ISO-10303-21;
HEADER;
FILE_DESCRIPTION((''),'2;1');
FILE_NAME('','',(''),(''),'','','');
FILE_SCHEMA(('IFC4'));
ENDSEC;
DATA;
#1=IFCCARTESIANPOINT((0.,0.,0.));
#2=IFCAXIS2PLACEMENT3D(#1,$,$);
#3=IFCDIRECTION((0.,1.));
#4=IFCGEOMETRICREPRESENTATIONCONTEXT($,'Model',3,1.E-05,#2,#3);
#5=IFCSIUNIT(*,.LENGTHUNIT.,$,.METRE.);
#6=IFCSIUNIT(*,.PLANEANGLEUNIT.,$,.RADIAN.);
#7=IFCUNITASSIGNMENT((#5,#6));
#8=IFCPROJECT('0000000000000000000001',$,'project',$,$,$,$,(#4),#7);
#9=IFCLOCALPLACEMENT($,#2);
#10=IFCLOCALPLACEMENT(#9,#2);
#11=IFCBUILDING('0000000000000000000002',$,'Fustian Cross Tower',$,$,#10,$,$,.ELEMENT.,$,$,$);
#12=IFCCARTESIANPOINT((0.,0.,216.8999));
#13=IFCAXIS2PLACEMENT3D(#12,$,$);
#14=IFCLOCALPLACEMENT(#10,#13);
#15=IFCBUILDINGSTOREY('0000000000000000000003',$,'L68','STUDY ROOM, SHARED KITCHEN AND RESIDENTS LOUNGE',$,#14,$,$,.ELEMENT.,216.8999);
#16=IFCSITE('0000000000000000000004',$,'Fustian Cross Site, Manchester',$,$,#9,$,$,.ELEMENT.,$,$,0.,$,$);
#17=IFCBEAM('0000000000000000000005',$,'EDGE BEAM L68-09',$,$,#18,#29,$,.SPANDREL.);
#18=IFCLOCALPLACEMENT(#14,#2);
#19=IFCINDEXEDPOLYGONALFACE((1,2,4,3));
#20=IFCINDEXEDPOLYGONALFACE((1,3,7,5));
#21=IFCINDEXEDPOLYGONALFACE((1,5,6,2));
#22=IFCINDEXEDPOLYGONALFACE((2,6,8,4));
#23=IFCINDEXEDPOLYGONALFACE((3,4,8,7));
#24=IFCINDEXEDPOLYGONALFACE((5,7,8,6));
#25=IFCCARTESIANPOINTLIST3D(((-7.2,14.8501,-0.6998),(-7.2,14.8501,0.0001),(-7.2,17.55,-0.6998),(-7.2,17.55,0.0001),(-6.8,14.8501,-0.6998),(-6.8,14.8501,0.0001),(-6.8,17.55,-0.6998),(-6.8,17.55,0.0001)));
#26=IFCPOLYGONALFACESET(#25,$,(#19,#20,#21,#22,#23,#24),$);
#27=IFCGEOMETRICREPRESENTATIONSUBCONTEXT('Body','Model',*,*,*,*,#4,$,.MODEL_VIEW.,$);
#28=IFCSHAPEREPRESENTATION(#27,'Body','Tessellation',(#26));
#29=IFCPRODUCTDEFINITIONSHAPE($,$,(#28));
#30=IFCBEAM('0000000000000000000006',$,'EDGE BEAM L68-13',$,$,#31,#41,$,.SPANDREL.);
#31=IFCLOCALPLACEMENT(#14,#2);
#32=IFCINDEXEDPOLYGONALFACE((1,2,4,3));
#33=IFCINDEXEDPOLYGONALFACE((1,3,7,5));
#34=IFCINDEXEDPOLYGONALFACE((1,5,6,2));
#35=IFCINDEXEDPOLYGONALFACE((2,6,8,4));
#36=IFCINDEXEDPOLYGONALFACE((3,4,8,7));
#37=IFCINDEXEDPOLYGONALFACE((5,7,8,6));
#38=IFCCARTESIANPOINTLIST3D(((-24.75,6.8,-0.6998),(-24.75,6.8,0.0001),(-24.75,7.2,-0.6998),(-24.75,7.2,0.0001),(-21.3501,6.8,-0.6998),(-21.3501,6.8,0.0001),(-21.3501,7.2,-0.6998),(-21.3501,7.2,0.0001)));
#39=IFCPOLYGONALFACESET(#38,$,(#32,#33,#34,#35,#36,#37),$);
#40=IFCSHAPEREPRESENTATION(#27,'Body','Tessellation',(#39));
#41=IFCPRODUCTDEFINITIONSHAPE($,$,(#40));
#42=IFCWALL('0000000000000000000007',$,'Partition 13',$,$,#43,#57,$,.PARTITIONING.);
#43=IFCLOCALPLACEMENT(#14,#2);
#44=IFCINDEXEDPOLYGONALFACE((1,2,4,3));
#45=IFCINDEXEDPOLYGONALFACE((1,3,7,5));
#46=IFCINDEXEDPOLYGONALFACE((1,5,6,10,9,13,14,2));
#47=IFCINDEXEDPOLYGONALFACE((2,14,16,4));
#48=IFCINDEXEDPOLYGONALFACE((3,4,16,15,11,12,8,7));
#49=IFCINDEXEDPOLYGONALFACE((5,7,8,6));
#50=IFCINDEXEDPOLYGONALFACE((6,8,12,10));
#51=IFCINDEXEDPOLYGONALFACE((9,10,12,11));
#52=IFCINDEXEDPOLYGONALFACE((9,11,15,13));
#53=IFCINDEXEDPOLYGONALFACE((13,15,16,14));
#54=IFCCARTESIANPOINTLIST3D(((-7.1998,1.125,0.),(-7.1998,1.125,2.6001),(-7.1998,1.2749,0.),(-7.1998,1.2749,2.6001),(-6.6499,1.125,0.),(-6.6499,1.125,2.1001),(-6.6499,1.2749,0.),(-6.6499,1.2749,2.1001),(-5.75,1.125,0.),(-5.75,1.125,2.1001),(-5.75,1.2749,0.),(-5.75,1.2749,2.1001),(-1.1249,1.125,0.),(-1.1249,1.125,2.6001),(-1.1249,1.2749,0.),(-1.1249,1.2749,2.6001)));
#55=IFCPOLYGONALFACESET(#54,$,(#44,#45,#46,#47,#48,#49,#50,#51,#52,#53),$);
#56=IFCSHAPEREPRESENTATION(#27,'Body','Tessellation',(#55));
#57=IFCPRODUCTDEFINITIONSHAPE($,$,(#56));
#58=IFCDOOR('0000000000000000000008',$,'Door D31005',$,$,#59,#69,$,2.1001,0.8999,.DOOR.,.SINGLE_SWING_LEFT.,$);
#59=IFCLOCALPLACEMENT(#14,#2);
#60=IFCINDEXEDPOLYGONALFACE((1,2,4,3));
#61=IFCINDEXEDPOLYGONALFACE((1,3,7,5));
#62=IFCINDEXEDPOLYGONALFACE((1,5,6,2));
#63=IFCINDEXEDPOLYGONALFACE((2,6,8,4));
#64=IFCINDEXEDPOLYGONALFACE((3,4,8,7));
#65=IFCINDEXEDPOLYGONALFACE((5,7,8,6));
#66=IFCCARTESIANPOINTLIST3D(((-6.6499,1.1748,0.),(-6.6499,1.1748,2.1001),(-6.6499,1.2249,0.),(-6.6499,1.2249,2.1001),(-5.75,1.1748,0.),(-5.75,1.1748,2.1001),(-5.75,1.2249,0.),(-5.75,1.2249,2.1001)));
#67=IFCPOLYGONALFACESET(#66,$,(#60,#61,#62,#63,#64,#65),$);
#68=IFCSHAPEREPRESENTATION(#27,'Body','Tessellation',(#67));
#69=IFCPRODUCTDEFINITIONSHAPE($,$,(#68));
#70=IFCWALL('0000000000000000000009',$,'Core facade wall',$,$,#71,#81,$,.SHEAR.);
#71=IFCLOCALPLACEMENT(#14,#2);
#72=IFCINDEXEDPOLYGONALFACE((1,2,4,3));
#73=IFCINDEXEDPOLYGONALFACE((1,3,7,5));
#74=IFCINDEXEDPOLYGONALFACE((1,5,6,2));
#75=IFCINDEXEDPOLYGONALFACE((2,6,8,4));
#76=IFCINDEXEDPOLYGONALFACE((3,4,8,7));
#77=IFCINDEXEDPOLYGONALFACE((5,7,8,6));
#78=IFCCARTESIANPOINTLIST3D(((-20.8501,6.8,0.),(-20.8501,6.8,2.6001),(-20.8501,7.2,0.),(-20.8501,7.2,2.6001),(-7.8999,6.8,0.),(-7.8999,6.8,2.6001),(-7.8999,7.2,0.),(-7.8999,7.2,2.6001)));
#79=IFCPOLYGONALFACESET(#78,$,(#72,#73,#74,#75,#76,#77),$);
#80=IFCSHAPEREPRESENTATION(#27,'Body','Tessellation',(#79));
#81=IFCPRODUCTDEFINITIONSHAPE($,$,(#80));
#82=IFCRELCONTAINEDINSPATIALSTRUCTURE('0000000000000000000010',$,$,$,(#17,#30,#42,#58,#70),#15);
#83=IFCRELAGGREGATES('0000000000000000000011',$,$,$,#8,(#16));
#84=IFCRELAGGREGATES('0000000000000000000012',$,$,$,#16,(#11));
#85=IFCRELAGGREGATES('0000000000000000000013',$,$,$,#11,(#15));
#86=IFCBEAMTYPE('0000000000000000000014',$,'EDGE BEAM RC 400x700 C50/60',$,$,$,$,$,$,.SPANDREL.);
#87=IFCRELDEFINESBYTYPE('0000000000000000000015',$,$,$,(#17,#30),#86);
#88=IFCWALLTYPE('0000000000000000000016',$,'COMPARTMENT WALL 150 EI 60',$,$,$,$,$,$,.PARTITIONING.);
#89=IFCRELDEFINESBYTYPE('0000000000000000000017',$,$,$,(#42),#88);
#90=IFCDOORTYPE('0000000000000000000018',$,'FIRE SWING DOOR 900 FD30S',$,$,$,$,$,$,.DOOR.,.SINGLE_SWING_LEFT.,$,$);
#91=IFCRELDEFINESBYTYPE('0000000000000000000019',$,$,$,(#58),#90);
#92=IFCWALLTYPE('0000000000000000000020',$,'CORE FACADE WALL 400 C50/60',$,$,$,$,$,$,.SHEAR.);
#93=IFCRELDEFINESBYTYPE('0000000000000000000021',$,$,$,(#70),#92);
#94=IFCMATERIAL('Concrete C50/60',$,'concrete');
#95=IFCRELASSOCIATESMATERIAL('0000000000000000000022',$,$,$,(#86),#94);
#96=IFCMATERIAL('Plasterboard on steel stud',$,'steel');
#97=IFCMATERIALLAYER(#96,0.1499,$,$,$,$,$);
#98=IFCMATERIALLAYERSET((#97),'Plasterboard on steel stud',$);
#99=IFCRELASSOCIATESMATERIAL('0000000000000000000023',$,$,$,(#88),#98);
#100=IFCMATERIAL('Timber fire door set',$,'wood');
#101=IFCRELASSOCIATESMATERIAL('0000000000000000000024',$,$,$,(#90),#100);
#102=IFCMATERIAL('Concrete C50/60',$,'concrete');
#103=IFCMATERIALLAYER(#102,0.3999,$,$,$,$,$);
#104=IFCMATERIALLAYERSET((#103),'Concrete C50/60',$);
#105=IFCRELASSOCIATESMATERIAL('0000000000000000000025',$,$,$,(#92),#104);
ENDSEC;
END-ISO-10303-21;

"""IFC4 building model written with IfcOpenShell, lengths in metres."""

from ifc_helpers import new_model, si_unit, direction, frame, frame_2d, origin, origin_2d, place, context, subcontext, project, spatial, rectangle, extrude, material, layer, layer_set, material_profile, profile_set, type_object, element, fill, save


model = new_model("IFC4")

# Units and contexts
model_context = context("Model", 3, precision=1e-05, world=origin(), true_north=direction((0.0, 1.0)))
body_context = subcontext(model_context, "Body", "Model", "MODEL_VIEW")
ifc_project = project(units=[si_unit("LENGTHUNIT", "METRE"), si_unit("PLANEANGLEUNIT", "RADIAN")], contexts=[model_context])

# Site, building, storey
site_placement = place(None, origin())
site = spatial("IfcSite", under=ifc_project, at=site_placement, Name="Fustian Cross Site, Manchester", CompositionType="ELEMENT", RefElevation=0.0)
building_placement = place(site_placement, origin())
building = spatial("IfcBuilding", under=site, at=building_placement, Name="Fustian Cross Tower", CompositionType="ELEMENT")
storey_placement = place(building_placement, frame((0.0, 0.0, 216.8999)))
storey = spatial("IfcBuildingStorey", under=building, at=storey_placement, Name="L68", Description="STUDY ROOM, SHARED KITCHEN AND RESIDENTS LOUNGE", CompositionType="ELEMENT", Elevation=216.8999)

# Beams
ifc_material_1 = material(Name="Concrete C50/60", Category="concrete")
ifc_material_profile = material_profile(ifc_material_1, rectangle(XDim=0.3999, YDim=0.7, at=origin_2d()), Name="RC 400x700")
ifc_profile_set = profile_set([ifc_material_profile], Name="Concrete C50/60")
beam_type = type_object("IfcBeamType", Name="EDGE BEAM RC 400x700 C50/60", PredefinedType="SPANDREL", material=ifc_profile_set)
beam_1_placement = place(storey_placement, frame((-7.0, 17.55, -0.3499), z_axis=(0.0, -1.0, 0.0), x_axis=(1.0, 0.0, 0.0)))
element("IfcBeam", 1, at=beam_1_placement, inside=storey, type_object=beam_type, Name="EDGE BEAM L68-09", PredefinedType="SPANDREL", context=body_context, shape_type="SweptSolid", body=[
    extrude(rectangle(XDim=0.3999, YDim=0.7, at=origin_2d()), origin(), (0.0, 0.0, 1.0), 2.7),
])
beam_2_placement = place(storey_placement, frame((-21.3501, 7.0, -0.3499), z_axis=(-1.0, 0.0, 0.0), x_axis=(0.0, -1.0, 0.0)))
element("IfcBeam", 2, at=beam_2_placement, inside=storey, type_object=beam_type, Name="EDGE BEAM L68-13", PredefinedType="SPANDREL", context=body_context, shape_type="SweptSolid", body=[
    extrude(rectangle(XDim=0.3999, YDim=0.7, at=origin_2d()), origin(), (0.0, 0.0, 1.0), 3.3999),
])

# Wall, opening, door
ifc_material_2 = material(Name="Plasterboard on steel stud", Category="steel")
ifc_layer_1 = layer(ifc_material_2, 0.1499)
ifc_layer_set_1 = layer_set([ifc_layer_1], Name="Plasterboard on steel stud")
wall_type_1 = type_object("IfcWallType", Name="COMPARTMENT WALL 150 EI 60", PredefinedType="PARTITIONING", material=ifc_layer_set_1)
wall_1_placement = place(storey_placement, frame((-7.2, 1.2, 0.0), z_axis=(0.0, 0.0, 1.0), x_axis=(1.0, 0.0, 0.0)))
wall_1 = element("IfcWall", 3, at=wall_1_placement, inside=storey, type_object=wall_type_1, Name="Partition 13", PredefinedType="PARTITIONING", context=body_context, shape_type="SweptSolid", body=[
    extrude(rectangle(XDim=6.075, YDim=0.1499, at=frame_2d((3.0376, 0.0))), origin(), (0.0, 0.0, 1.0), 2.6001),
])
opening_1_placement = place(wall_1_placement, frame((0.55, 0.0, 0.0)))
opening_1 = element("IfcOpeningElement", 4, at=opening_1_placement, cuts=wall_1, PredefinedType="OPENING", context=body_context, shape_type="SweptSolid", body=[
    extrude(rectangle(XDim=0.8999, YDim=2.1001, at=frame_2d((0.45, 1.05))), frame((0.0, 0.085, 0.0), z_axis=(0.0, -1.0, 0.0), x_axis=(1.0, 0.0, 0.0)), (0.0, 0.0, 1.0), 0.1699),
])
ifc_material_3 = material(Name="Timber fire door set", Category="wood")
door_type_1 = type_object("IfcDoorType", Name="FIRE SWING DOOR 900 FD30S", OperationType="SINGLE_SWING_LEFT", PredefinedType="DOOR", material=ifc_material_3)
door_1_placement = place(opening_1_placement, origin())
door_1 = element("IfcDoor", 5, at=door_1_placement, inside=storey, type_object=door_type_1, Name="Door D31005", OperationType="SINGLE_SWING_LEFT", OverallHeight=2.1001, OverallWidth=0.8999, PredefinedType="DOOR", context=body_context, shape_type="SweptSolid", body=[
    extrude(rectangle(XDim=0.8999, YDim=2.1001, at=frame_2d((0.45, 1.05))), frame((0.0, 0.0249, 0.0), z_axis=(0.0, -1.0, 0.0), x_axis=(1.0, 0.0, 0.0)), (0.0, 0.0, 1.0), 0.05),
])
fill(opening_1, door_1)

# Wall
ifc_material_4 = material(Name="Concrete C50/60", Category="concrete")
ifc_layer_2 = layer(ifc_material_4, 0.3999)
ifc_layer_set_2 = layer_set([ifc_layer_2], Name="Concrete C50/60")
wall_type_2 = type_object("IfcWallType", Name="CORE FACADE WALL 400 C50/60", PredefinedType="SHEAR", material=ifc_layer_set_2)
wall_2_placement = place(storey_placement, frame((-7.8999, 7.0, 0.0), z_axis=(0.0, 0.0, 1.0), x_axis=(-1.0, 0.0, 0.0)))
element("IfcWall", 6, at=wall_2_placement, inside=storey, type_object=wall_type_2, Name="Core facade wall", PredefinedType="SHEAR", context=body_context, shape_type="SweptSolid", body=[
    extrude(rectangle(XDim=12.9502, YDim=0.3999, at=frame_2d((6.4751, 0.0))), origin(), (0.0, 0.0, 1.0), 2.6001),
])

save(model, "model.ifc")
